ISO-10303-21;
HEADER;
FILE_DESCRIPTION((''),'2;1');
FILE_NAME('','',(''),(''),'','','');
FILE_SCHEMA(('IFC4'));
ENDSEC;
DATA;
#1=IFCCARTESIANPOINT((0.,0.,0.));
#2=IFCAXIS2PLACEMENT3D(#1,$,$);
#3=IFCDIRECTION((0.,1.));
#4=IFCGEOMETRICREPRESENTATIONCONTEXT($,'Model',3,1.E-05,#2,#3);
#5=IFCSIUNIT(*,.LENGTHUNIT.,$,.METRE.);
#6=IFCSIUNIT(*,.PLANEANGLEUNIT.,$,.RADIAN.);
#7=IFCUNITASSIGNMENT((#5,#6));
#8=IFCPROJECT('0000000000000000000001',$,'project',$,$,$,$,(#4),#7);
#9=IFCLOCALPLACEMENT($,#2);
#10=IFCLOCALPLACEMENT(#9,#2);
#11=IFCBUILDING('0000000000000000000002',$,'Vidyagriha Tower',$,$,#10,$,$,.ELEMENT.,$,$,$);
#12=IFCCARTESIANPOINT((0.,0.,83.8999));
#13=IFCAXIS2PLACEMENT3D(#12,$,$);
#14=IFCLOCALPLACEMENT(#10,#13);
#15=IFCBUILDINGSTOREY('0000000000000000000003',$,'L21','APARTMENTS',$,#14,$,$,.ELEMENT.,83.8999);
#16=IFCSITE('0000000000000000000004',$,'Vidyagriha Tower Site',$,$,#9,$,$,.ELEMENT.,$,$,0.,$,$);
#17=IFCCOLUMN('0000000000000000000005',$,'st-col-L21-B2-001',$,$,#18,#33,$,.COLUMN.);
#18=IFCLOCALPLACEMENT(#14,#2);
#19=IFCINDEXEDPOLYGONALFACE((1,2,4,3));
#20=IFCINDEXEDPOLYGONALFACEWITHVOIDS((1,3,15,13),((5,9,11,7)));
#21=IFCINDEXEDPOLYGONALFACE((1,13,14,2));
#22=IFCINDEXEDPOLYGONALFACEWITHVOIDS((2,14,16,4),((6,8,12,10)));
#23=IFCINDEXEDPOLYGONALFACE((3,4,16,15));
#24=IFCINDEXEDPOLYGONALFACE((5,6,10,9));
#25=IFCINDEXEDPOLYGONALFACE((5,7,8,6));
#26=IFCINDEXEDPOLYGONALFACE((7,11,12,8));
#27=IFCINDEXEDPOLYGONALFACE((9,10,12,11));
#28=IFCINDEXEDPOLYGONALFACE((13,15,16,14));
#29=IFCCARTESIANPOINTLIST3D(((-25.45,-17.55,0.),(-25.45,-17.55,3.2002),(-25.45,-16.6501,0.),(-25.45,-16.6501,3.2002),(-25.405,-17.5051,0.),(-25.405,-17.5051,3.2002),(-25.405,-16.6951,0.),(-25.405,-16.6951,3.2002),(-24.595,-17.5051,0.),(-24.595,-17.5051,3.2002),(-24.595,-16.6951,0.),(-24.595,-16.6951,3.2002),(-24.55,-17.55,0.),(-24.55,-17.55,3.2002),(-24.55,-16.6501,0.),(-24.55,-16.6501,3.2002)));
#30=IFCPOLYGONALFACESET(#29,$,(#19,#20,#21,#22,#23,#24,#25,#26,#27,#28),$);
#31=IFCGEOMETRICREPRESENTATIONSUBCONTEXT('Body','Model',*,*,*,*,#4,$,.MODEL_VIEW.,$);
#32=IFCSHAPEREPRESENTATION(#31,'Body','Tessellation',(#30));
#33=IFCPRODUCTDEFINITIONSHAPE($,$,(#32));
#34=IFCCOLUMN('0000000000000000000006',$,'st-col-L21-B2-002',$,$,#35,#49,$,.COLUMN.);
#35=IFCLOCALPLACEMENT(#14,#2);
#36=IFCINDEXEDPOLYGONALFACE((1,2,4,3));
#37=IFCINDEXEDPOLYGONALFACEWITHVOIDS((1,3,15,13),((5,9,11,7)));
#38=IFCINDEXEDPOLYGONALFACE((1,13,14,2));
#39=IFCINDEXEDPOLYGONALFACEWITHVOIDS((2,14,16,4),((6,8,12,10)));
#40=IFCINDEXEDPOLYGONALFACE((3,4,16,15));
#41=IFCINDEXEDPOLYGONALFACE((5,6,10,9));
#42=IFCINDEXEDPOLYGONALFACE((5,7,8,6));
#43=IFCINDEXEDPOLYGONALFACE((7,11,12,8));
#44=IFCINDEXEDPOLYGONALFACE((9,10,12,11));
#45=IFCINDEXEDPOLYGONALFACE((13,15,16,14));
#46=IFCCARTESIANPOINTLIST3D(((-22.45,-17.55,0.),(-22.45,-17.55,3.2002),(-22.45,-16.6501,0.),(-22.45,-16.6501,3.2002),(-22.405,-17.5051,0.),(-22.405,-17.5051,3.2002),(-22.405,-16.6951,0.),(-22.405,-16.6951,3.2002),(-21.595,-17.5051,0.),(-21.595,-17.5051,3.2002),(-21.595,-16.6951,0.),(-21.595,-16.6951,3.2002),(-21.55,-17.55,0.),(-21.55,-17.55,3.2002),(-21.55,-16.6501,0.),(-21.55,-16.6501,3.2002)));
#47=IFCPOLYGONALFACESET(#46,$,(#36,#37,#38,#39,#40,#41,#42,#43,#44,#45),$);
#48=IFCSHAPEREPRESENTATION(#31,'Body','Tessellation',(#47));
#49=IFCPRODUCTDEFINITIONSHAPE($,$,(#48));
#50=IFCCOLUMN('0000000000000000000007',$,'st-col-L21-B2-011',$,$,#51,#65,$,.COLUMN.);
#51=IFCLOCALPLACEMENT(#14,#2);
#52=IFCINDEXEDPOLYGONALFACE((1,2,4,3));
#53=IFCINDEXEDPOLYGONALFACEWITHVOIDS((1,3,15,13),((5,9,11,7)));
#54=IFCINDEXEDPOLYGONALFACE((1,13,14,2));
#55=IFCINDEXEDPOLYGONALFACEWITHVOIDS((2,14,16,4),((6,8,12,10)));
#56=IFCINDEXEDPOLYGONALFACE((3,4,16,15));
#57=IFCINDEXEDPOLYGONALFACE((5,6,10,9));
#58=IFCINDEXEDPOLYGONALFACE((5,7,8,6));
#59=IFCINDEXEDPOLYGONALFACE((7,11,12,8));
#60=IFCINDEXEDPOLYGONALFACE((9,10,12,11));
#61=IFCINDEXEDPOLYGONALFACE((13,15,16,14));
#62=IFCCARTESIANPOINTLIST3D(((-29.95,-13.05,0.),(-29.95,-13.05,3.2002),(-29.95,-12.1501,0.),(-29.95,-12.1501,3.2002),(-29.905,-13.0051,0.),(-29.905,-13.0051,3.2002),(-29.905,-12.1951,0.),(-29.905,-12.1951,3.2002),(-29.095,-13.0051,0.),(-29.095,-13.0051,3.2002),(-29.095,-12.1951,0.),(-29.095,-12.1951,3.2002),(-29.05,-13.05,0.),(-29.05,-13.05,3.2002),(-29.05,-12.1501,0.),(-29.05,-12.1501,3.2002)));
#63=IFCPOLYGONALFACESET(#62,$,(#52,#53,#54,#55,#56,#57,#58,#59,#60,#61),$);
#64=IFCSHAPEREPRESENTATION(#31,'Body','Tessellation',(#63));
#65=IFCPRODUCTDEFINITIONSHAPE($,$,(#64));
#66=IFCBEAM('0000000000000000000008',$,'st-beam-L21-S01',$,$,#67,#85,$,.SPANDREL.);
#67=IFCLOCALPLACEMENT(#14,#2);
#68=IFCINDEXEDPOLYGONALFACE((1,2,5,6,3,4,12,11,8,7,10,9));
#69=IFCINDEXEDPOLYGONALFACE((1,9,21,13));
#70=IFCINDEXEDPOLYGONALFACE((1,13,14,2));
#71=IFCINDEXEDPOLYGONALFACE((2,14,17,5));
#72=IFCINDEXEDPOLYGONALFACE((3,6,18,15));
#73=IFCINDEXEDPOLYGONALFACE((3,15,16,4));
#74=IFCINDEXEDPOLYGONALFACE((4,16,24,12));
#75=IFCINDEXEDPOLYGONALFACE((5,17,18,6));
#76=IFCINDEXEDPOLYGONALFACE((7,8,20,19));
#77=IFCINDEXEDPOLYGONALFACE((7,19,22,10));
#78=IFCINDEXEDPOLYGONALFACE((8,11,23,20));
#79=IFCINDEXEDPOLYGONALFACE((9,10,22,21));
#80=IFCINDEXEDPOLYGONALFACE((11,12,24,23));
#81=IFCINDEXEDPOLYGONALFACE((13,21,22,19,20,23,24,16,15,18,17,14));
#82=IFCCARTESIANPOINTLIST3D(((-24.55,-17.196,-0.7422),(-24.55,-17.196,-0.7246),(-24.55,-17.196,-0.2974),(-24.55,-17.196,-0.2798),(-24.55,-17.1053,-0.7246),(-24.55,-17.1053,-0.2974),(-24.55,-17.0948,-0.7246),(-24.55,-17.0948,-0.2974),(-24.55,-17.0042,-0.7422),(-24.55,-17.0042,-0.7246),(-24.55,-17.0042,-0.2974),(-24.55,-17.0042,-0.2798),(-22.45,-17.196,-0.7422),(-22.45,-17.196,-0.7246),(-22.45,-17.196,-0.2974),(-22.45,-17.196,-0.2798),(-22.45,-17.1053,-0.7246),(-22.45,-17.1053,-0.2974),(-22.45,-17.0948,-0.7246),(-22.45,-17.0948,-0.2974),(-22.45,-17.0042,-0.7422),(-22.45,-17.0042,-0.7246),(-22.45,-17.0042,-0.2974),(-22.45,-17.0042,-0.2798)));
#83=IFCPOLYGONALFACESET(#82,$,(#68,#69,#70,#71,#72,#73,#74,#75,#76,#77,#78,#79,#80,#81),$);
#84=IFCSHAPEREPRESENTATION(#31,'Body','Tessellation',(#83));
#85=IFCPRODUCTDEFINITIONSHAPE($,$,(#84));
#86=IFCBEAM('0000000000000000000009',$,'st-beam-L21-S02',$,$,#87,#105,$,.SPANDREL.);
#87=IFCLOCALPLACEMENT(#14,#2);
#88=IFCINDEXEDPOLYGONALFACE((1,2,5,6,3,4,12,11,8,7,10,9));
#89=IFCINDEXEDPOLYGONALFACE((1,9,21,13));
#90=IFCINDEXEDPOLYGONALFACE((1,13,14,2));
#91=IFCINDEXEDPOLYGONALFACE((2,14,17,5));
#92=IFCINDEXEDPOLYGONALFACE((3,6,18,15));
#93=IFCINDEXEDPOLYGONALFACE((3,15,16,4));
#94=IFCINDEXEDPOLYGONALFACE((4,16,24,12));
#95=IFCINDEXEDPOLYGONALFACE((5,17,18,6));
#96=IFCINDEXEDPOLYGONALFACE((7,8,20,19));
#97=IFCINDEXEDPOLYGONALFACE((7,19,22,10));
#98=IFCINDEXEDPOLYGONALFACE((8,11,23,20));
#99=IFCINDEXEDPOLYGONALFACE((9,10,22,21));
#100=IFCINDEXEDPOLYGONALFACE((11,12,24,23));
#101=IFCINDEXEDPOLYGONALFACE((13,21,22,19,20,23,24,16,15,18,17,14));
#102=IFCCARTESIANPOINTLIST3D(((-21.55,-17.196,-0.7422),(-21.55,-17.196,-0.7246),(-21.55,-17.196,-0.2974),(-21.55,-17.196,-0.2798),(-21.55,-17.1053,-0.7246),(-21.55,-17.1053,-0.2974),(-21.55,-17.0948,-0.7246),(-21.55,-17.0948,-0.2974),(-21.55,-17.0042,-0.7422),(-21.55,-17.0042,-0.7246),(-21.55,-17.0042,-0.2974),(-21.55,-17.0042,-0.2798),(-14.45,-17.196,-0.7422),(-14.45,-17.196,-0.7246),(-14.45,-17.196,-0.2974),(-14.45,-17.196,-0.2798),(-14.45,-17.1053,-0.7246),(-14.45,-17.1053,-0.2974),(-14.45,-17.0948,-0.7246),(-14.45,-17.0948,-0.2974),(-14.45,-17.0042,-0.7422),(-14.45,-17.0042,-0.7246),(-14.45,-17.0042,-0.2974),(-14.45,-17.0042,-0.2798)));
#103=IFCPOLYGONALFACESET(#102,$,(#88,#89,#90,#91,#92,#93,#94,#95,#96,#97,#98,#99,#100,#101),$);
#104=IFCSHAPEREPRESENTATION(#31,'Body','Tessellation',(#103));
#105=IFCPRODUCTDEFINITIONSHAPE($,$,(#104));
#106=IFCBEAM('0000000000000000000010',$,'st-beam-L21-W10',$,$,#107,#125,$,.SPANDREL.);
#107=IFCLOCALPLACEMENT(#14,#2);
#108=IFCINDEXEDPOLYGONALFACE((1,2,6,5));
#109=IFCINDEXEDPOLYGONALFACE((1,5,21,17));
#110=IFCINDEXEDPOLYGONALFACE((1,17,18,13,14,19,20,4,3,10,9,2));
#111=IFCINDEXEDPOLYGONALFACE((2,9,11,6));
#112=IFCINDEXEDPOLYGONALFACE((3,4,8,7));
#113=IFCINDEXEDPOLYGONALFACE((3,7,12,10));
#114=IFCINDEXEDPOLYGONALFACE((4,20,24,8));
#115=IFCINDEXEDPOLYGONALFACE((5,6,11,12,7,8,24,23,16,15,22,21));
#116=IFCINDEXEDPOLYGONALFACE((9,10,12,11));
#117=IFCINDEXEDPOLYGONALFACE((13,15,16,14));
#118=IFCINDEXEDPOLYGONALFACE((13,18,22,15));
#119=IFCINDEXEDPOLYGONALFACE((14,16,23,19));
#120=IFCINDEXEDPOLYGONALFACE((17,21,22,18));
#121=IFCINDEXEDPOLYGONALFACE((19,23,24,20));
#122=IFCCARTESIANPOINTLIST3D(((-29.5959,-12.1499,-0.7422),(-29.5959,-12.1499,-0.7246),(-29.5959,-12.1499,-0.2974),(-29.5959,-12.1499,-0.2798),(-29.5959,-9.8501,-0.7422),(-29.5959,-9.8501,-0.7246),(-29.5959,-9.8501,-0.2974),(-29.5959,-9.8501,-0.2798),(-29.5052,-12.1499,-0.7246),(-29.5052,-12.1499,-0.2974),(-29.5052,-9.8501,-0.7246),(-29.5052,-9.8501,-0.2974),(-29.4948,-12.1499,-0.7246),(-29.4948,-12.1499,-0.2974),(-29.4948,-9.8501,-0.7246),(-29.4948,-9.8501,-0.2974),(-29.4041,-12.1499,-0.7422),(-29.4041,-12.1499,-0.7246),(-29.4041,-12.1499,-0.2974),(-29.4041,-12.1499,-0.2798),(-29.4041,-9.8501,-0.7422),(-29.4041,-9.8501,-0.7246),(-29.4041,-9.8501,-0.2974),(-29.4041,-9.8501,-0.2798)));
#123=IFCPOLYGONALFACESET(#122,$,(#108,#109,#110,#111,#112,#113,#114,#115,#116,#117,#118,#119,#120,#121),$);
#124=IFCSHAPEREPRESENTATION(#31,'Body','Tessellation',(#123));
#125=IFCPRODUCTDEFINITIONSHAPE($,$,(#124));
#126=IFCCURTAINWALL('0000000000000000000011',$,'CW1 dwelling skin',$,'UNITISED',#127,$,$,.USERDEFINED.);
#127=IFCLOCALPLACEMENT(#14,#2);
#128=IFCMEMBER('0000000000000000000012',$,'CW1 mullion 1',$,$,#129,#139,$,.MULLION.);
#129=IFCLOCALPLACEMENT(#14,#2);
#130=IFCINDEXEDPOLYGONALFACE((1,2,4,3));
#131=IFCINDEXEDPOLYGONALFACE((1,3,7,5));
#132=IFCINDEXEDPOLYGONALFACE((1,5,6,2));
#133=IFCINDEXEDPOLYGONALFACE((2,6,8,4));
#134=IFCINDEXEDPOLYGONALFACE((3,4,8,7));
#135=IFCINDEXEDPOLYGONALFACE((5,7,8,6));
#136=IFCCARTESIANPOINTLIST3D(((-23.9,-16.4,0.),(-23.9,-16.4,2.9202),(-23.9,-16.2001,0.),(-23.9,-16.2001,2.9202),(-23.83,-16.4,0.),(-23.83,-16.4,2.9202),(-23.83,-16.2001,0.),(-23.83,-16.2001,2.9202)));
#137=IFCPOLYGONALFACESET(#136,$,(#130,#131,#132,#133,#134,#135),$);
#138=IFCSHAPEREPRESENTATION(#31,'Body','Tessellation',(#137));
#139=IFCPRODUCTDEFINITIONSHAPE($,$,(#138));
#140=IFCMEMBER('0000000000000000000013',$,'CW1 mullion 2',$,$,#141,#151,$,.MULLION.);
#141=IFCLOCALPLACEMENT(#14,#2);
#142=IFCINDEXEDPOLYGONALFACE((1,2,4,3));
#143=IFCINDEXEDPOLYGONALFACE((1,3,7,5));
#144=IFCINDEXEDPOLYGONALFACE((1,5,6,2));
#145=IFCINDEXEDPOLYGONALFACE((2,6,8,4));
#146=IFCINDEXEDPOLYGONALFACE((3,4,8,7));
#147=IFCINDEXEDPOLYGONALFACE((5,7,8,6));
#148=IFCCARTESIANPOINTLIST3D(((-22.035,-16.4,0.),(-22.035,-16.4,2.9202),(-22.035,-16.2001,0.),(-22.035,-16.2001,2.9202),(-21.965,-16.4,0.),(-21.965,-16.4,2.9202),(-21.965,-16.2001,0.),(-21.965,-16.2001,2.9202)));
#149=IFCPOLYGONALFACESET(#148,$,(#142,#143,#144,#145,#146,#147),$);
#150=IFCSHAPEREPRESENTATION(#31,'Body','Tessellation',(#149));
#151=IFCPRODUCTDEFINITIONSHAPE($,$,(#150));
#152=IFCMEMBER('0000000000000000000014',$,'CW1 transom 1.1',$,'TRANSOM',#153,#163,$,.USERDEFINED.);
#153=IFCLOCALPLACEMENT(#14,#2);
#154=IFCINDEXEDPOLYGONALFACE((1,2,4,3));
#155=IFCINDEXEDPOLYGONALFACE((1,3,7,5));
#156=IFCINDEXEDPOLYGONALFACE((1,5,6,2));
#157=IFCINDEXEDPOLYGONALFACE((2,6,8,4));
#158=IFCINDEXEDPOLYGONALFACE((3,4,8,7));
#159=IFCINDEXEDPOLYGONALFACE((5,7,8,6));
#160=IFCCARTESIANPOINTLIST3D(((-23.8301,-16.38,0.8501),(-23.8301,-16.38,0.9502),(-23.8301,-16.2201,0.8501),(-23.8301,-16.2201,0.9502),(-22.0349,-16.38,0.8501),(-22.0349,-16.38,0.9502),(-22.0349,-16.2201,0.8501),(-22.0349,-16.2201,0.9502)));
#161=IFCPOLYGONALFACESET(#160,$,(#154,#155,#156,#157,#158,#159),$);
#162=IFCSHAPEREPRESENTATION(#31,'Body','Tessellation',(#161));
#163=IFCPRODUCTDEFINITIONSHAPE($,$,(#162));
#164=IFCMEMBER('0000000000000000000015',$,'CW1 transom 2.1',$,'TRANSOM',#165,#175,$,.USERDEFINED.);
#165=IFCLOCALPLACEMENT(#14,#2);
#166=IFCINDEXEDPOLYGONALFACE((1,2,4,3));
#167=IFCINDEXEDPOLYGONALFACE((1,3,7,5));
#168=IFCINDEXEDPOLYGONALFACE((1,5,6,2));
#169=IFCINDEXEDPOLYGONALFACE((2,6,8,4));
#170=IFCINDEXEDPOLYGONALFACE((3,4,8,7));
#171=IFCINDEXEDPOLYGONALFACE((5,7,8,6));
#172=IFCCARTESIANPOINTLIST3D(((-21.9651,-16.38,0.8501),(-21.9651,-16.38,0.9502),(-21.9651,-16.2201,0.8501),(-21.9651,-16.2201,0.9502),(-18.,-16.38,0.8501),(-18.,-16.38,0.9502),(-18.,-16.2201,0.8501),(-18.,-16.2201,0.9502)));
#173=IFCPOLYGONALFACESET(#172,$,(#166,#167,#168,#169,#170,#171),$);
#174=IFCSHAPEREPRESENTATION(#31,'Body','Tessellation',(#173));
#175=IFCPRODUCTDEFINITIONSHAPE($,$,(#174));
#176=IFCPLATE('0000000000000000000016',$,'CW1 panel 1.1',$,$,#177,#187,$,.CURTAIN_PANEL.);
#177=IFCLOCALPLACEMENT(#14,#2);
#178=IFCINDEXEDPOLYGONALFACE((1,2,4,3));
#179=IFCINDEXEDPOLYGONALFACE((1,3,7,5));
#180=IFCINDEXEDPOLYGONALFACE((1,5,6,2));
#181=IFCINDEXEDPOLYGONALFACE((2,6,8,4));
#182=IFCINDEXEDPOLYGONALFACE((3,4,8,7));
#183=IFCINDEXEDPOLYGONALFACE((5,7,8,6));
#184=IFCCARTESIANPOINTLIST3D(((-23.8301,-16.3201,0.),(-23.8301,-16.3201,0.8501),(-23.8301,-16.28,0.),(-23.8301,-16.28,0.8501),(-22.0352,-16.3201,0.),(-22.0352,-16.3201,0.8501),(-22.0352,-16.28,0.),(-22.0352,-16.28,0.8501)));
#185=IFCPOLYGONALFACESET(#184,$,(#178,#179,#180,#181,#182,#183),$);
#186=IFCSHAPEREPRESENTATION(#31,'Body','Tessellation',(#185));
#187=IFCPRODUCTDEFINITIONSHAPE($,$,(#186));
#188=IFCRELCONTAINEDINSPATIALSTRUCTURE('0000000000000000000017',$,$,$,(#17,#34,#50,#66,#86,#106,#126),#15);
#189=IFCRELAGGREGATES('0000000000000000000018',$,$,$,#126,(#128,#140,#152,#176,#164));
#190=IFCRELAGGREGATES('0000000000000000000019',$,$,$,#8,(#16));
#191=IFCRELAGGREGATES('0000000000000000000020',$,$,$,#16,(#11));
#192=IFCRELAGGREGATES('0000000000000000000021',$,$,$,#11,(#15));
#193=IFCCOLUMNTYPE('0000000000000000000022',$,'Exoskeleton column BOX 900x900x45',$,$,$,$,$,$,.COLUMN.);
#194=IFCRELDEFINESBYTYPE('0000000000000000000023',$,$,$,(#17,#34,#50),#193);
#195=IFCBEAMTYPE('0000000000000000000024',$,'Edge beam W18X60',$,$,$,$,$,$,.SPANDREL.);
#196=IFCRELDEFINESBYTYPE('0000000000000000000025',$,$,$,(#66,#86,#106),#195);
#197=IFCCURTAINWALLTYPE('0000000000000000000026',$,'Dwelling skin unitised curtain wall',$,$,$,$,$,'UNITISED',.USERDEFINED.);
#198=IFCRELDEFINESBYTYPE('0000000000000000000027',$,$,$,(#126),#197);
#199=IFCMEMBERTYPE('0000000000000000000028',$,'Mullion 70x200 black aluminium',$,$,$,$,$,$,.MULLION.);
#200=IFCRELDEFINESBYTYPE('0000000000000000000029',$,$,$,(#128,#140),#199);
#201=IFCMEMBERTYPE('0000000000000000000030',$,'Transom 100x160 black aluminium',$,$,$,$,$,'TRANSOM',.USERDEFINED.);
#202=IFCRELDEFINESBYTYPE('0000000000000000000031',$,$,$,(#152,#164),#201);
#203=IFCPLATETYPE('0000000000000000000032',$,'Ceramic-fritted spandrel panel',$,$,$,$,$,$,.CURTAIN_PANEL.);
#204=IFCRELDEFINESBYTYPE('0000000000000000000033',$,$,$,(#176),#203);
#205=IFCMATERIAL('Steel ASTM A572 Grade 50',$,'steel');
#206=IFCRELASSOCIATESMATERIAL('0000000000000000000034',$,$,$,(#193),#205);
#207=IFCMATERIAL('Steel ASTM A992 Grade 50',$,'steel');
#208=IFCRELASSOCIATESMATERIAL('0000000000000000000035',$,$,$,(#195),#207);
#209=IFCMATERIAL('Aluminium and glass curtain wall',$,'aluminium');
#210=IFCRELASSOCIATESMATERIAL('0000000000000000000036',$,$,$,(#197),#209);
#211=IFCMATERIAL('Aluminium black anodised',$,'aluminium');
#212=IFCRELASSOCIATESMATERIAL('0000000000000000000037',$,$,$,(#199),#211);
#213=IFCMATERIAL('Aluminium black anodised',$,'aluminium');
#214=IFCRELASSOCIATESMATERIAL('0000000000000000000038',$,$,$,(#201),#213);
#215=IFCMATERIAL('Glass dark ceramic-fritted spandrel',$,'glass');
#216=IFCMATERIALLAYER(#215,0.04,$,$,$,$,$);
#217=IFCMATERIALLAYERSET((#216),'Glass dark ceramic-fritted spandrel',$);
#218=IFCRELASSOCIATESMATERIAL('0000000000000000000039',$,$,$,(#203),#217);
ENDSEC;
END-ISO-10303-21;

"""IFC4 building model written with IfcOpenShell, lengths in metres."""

from ifc_helpers import new_model, si_unit, direction, frame, origin, origin_2d, place, context, subcontext, project, spatial, rectangle, hollow_rectangle, i_section, extrude, material, layer, layer_set, material_profile, profile_set, type_object, element, aggregate, save


model = new_model("IFC4")

# Units and contexts
model_context = context("Model", 3, precision=1e-05, world=origin(), true_north=direction((0.0, 1.0)))
body_context = subcontext(model_context, "Body", "Model", "MODEL_VIEW")
ifc_project = project(units=[si_unit("LENGTHUNIT", "METRE"), si_unit("PLANEANGLEUNIT", "RADIAN")], contexts=[model_context])

# Site, building, storey
site_placement = place(None, origin())
site = spatial("IfcSite", under=ifc_project, at=site_placement, Name="Vidyagriha Tower Site", CompositionType="ELEMENT", RefElevation=0.0)
building_placement = place(site_placement, origin())
building = spatial("IfcBuilding", under=site, at=building_placement, Name="Vidyagriha Tower", CompositionType="ELEMENT")
storey_placement = place(building_placement, frame((0.0, 0.0, 83.8999)))
storey = spatial("IfcBuildingStorey", under=building, at=storey_placement, Name="L21", Description="APARTMENTS", CompositionType="ELEMENT", Elevation=83.8999)

# Columns
ifc_material_1 = material(Name="Steel ASTM A572 Grade 50", Category="steel")
ifc_material_profile_1 = material_profile(ifc_material_1, hollow_rectangle(XDim=0.8999, YDim=0.8999, WallThickness=0.0449, at=origin_2d()), Name="BOX 900x900x45")
ifc_profile_set_1 = profile_set([ifc_material_profile_1], Name="Steel ASTM A572 Grade 50")
column_type = type_object("IfcColumnType", Name="Exoskeleton column BOX 900x900x45", PredefinedType="COLUMN", material=ifc_profile_set_1)
for number, where, name in (
    (1, (-25.0, -17.1001, 0.0), "st-col-L21-B2-001"),
    (2, (-22.0, -17.1001, 0.0), "st-col-L21-B2-002"),
    (3, (-29.5, -12.6001, 0.0), "st-col-L21-B2-011"),
):
    element("IfcColumn", number, at=place(storey_placement, frame(where)), inside=storey, type_object=column_type, Name=name, PredefinedType="COLUMN", context=body_context, shape_type="SweptSolid", body=[
        extrude(hollow_rectangle(XDim=0.8999, YDim=0.8999, WallThickness=0.0449, at=origin_2d()), origin(), (0.0, 0.0, 1.0), 3.2002),
    ])

# Beams
ifc_material_2 = material(Name="Steel ASTM A992 Grade 50", Category="steel")
ifc_material_profile_2 = material_profile(ifc_material_2, i_section(OverallWidth=0.1919, OverallDepth=0.4624, WebThickness=0.0105, FlangeThickness=0.0176, at=origin_2d()), Name="W18X60")
ifc_profile_set_2 = profile_set([ifc_material_profile_2], Name="Steel ASTM A992 Grade 50")
beam_type = type_object("IfcBeamType", Name="Edge beam W18X60", PredefinedType="SPANDREL", material=ifc_profile_set_2)
beam_1_placement = place(storey_placement, frame((-24.55, -17.1001, -0.511), z_axis=(1.0, 0.0, 0.0), x_axis=(0.0, 1.0, 0.0)))
element("IfcBeam", 4, at=beam_1_placement, inside=storey, type_object=beam_type, Name="st-beam-L21-S01", PredefinedType="SPANDREL", context=body_context, shape_type="SweptSolid", body=[
    extrude(i_section(OverallWidth=0.1919, OverallDepth=0.4624, WebThickness=0.0105, FlangeThickness=0.0176, at=origin_2d()), origin(), (0.0, 0.0, 1.0), 2.1001),
])
beam_2_placement = place(storey_placement, frame((-21.55, -17.1001, -0.511), z_axis=(1.0, 0.0, 0.0), x_axis=(0.0, 1.0, 0.0)))
element("IfcBeam", 5, at=beam_2_placement, inside=storey, type_object=beam_type, Name="st-beam-L21-S02", PredefinedType="SPANDREL", context=body_context, shape_type="SweptSolid", body=[
    extrude(i_section(OverallWidth=0.1919, OverallDepth=0.4624, WebThickness=0.0105, FlangeThickness=0.0176, at=origin_2d()), origin(), (0.0, 0.0, 1.0), 7.1001),
])
beam_3_placement = place(storey_placement, frame((-29.5, -12.1499, -0.511), z_axis=(0.0, 1.0, 0.0), x_axis=(-1.0, 0.0, 0.0)))
element("IfcBeam", 6, at=beam_3_placement, inside=storey, type_object=beam_type, Name="st-beam-L21-W10", PredefinedType="SPANDREL", context=body_context, shape_type="SweptSolid", body=[
    extrude(i_section(OverallWidth=0.1919, OverallDepth=0.4624, WebThickness=0.0105, FlangeThickness=0.0176, at=origin_2d()), origin(), (0.0, 0.0, 1.0), 2.2998),
])

# Curtain wall, members, plate
ifc_material_3 = material(Name="Aluminium and glass curtain wall", Category="aluminium")
curtain_wall_type = type_object("IfcCurtainWallType", Name="Dwelling skin unitised curtain wall", ElementType="UNITISED", PredefinedType="USERDEFINED", material=ifc_material_3)
curtain_wall_placement = place(storey_placement, origin())
curtain_wall = element("IfcCurtainWall", 7, at=curtain_wall_placement, inside=storey, type_object=curtain_wall_type, Name="CW1 dwelling skin", ObjectType="UNITISED", PredefinedType="USERDEFINED")
ifc_material_4 = material(Name="Aluminium black anodised", Category="aluminium")
ifc_material_profile_3 = material_profile(ifc_material_4, rectangle(XDim=0.2, YDim=0.0701, at=origin_2d()), Name="Mullion 70x200 black aluminium")
ifc_profile_set_3 = profile_set([ifc_material_profile_3], Name="Aluminium black anodised")
member_type_1 = type_object("IfcMemberType", Name="Mullion 70x200 black aluminium", PredefinedType="MULLION", material=ifc_profile_set_3)
member_1_placement = place(storey_placement, frame((-23.865, -16.3, 0.0), z_axis=(0.0, 0.0, 1.0), x_axis=(0.0, 1.0, 0.0)))
member_1 = element("IfcMember", 8, at=member_1_placement, type_object=member_type_1, Name="CW1 mullion 1", PredefinedType="MULLION", context=body_context, shape_type="SweptSolid", body=[
    extrude(rectangle(XDim=0.2, YDim=0.0701, at=origin_2d()), origin(), (0.0, 0.0, 1.0), 2.9202),
])
member_2_placement = place(storey_placement, frame((-22.0, -16.3, 0.0), z_axis=(0.0, 0.0, 1.0), x_axis=(0.0, 1.0, 0.0)))
member_2 = element("IfcMember", 9, at=member_2_placement, type_object=member_type_1, Name="CW1 mullion 2", PredefinedType="MULLION", context=body_context, shape_type="SweptSolid", body=[
    extrude(rectangle(XDim=0.2, YDim=0.0701, at=origin_2d()), origin(), (0.0, 0.0, 1.0), 2.9202),
])
ifc_material_5 = material(Name="Aluminium black anodised", Category="aluminium")
ifc_material_profile_4 = material_profile(ifc_material_5, rectangle(XDim=0.1599, YDim=0.1001, at=origin_2d()), Name="Transom 100x160 black aluminium")
ifc_profile_set_4 = profile_set([ifc_material_profile_4], Name="Aluminium black anodised")
member_type_2 = type_object("IfcMemberType", Name="Transom 100x160 black aluminium", ElementType="TRANSOM", PredefinedType="USERDEFINED", material=ifc_profile_set_4)
member_3_placement = place(storey_placement, frame((-23.8301, -16.3, 0.9001), z_axis=(1.0, 0.0, 0.0), x_axis=(0.0, 1.0, 0.0)))
member_3 = element("IfcMember", 10, at=member_3_placement, type_object=member_type_2, Name="CW1 transom 1.1", ObjectType="TRANSOM", PredefinedType="USERDEFINED", context=body_context, shape_type="SweptSolid", body=[
    extrude(rectangle(XDim=0.1599, YDim=0.1001, at=origin_2d()), origin(), (0.0, 0.0, 1.0), 1.7952),
])
member_4_placement = place(storey_placement, frame((-21.9651, -16.3, 0.9001), z_axis=(1.0, 0.0, 0.0), x_axis=(0.0, 1.0, 0.0)))
member_4 = element("IfcMember", 11, at=member_4_placement, type_object=member_type_2, Name="CW1 transom 2.1", ObjectType="TRANSOM", PredefinedType="USERDEFINED", context=body_context, shape_type="SweptSolid", body=[
    extrude(rectangle(XDim=0.1599, YDim=0.1001, at=origin_2d()), origin(), (0.0, 0.0, 1.0), 3.9651),
])
ifc_material_6 = material(Name="Glass dark ceramic-fritted spandrel", Category="glass")
ifc_layer_1 = layer(ifc_material_6, 0.04)
ifc_layer_set_1 = layer_set([ifc_layer_1], Name="Glass dark ceramic-fritted spandrel")
plate_type_1 = type_object("IfcPlateType", Name="Ceramic-fritted spandrel panel", PredefinedType="CURTAIN_PANEL", material=ifc_layer_set_1)
plate_1_placement = place(storey_placement, frame((-22.9326, -16.3, 0.0)))
plate_1 = element("IfcPlate", 12, at=plate_1_placement, type_object=plate_type_1, Name="CW1 panel 1.1", PredefinedType="CURTAIN_PANEL", context=body_context, shape_type="SweptSolid", body=[
    extrude(rectangle(XDim=1.7949, YDim=0.04, at=origin_2d()), origin(), (0.0, 0.0, 1.0), 0.8501),
])
aggregate(curtain_wall, [member_1, member_2, member_3, plate_1, member_4])

save(model, "model.ifc")
